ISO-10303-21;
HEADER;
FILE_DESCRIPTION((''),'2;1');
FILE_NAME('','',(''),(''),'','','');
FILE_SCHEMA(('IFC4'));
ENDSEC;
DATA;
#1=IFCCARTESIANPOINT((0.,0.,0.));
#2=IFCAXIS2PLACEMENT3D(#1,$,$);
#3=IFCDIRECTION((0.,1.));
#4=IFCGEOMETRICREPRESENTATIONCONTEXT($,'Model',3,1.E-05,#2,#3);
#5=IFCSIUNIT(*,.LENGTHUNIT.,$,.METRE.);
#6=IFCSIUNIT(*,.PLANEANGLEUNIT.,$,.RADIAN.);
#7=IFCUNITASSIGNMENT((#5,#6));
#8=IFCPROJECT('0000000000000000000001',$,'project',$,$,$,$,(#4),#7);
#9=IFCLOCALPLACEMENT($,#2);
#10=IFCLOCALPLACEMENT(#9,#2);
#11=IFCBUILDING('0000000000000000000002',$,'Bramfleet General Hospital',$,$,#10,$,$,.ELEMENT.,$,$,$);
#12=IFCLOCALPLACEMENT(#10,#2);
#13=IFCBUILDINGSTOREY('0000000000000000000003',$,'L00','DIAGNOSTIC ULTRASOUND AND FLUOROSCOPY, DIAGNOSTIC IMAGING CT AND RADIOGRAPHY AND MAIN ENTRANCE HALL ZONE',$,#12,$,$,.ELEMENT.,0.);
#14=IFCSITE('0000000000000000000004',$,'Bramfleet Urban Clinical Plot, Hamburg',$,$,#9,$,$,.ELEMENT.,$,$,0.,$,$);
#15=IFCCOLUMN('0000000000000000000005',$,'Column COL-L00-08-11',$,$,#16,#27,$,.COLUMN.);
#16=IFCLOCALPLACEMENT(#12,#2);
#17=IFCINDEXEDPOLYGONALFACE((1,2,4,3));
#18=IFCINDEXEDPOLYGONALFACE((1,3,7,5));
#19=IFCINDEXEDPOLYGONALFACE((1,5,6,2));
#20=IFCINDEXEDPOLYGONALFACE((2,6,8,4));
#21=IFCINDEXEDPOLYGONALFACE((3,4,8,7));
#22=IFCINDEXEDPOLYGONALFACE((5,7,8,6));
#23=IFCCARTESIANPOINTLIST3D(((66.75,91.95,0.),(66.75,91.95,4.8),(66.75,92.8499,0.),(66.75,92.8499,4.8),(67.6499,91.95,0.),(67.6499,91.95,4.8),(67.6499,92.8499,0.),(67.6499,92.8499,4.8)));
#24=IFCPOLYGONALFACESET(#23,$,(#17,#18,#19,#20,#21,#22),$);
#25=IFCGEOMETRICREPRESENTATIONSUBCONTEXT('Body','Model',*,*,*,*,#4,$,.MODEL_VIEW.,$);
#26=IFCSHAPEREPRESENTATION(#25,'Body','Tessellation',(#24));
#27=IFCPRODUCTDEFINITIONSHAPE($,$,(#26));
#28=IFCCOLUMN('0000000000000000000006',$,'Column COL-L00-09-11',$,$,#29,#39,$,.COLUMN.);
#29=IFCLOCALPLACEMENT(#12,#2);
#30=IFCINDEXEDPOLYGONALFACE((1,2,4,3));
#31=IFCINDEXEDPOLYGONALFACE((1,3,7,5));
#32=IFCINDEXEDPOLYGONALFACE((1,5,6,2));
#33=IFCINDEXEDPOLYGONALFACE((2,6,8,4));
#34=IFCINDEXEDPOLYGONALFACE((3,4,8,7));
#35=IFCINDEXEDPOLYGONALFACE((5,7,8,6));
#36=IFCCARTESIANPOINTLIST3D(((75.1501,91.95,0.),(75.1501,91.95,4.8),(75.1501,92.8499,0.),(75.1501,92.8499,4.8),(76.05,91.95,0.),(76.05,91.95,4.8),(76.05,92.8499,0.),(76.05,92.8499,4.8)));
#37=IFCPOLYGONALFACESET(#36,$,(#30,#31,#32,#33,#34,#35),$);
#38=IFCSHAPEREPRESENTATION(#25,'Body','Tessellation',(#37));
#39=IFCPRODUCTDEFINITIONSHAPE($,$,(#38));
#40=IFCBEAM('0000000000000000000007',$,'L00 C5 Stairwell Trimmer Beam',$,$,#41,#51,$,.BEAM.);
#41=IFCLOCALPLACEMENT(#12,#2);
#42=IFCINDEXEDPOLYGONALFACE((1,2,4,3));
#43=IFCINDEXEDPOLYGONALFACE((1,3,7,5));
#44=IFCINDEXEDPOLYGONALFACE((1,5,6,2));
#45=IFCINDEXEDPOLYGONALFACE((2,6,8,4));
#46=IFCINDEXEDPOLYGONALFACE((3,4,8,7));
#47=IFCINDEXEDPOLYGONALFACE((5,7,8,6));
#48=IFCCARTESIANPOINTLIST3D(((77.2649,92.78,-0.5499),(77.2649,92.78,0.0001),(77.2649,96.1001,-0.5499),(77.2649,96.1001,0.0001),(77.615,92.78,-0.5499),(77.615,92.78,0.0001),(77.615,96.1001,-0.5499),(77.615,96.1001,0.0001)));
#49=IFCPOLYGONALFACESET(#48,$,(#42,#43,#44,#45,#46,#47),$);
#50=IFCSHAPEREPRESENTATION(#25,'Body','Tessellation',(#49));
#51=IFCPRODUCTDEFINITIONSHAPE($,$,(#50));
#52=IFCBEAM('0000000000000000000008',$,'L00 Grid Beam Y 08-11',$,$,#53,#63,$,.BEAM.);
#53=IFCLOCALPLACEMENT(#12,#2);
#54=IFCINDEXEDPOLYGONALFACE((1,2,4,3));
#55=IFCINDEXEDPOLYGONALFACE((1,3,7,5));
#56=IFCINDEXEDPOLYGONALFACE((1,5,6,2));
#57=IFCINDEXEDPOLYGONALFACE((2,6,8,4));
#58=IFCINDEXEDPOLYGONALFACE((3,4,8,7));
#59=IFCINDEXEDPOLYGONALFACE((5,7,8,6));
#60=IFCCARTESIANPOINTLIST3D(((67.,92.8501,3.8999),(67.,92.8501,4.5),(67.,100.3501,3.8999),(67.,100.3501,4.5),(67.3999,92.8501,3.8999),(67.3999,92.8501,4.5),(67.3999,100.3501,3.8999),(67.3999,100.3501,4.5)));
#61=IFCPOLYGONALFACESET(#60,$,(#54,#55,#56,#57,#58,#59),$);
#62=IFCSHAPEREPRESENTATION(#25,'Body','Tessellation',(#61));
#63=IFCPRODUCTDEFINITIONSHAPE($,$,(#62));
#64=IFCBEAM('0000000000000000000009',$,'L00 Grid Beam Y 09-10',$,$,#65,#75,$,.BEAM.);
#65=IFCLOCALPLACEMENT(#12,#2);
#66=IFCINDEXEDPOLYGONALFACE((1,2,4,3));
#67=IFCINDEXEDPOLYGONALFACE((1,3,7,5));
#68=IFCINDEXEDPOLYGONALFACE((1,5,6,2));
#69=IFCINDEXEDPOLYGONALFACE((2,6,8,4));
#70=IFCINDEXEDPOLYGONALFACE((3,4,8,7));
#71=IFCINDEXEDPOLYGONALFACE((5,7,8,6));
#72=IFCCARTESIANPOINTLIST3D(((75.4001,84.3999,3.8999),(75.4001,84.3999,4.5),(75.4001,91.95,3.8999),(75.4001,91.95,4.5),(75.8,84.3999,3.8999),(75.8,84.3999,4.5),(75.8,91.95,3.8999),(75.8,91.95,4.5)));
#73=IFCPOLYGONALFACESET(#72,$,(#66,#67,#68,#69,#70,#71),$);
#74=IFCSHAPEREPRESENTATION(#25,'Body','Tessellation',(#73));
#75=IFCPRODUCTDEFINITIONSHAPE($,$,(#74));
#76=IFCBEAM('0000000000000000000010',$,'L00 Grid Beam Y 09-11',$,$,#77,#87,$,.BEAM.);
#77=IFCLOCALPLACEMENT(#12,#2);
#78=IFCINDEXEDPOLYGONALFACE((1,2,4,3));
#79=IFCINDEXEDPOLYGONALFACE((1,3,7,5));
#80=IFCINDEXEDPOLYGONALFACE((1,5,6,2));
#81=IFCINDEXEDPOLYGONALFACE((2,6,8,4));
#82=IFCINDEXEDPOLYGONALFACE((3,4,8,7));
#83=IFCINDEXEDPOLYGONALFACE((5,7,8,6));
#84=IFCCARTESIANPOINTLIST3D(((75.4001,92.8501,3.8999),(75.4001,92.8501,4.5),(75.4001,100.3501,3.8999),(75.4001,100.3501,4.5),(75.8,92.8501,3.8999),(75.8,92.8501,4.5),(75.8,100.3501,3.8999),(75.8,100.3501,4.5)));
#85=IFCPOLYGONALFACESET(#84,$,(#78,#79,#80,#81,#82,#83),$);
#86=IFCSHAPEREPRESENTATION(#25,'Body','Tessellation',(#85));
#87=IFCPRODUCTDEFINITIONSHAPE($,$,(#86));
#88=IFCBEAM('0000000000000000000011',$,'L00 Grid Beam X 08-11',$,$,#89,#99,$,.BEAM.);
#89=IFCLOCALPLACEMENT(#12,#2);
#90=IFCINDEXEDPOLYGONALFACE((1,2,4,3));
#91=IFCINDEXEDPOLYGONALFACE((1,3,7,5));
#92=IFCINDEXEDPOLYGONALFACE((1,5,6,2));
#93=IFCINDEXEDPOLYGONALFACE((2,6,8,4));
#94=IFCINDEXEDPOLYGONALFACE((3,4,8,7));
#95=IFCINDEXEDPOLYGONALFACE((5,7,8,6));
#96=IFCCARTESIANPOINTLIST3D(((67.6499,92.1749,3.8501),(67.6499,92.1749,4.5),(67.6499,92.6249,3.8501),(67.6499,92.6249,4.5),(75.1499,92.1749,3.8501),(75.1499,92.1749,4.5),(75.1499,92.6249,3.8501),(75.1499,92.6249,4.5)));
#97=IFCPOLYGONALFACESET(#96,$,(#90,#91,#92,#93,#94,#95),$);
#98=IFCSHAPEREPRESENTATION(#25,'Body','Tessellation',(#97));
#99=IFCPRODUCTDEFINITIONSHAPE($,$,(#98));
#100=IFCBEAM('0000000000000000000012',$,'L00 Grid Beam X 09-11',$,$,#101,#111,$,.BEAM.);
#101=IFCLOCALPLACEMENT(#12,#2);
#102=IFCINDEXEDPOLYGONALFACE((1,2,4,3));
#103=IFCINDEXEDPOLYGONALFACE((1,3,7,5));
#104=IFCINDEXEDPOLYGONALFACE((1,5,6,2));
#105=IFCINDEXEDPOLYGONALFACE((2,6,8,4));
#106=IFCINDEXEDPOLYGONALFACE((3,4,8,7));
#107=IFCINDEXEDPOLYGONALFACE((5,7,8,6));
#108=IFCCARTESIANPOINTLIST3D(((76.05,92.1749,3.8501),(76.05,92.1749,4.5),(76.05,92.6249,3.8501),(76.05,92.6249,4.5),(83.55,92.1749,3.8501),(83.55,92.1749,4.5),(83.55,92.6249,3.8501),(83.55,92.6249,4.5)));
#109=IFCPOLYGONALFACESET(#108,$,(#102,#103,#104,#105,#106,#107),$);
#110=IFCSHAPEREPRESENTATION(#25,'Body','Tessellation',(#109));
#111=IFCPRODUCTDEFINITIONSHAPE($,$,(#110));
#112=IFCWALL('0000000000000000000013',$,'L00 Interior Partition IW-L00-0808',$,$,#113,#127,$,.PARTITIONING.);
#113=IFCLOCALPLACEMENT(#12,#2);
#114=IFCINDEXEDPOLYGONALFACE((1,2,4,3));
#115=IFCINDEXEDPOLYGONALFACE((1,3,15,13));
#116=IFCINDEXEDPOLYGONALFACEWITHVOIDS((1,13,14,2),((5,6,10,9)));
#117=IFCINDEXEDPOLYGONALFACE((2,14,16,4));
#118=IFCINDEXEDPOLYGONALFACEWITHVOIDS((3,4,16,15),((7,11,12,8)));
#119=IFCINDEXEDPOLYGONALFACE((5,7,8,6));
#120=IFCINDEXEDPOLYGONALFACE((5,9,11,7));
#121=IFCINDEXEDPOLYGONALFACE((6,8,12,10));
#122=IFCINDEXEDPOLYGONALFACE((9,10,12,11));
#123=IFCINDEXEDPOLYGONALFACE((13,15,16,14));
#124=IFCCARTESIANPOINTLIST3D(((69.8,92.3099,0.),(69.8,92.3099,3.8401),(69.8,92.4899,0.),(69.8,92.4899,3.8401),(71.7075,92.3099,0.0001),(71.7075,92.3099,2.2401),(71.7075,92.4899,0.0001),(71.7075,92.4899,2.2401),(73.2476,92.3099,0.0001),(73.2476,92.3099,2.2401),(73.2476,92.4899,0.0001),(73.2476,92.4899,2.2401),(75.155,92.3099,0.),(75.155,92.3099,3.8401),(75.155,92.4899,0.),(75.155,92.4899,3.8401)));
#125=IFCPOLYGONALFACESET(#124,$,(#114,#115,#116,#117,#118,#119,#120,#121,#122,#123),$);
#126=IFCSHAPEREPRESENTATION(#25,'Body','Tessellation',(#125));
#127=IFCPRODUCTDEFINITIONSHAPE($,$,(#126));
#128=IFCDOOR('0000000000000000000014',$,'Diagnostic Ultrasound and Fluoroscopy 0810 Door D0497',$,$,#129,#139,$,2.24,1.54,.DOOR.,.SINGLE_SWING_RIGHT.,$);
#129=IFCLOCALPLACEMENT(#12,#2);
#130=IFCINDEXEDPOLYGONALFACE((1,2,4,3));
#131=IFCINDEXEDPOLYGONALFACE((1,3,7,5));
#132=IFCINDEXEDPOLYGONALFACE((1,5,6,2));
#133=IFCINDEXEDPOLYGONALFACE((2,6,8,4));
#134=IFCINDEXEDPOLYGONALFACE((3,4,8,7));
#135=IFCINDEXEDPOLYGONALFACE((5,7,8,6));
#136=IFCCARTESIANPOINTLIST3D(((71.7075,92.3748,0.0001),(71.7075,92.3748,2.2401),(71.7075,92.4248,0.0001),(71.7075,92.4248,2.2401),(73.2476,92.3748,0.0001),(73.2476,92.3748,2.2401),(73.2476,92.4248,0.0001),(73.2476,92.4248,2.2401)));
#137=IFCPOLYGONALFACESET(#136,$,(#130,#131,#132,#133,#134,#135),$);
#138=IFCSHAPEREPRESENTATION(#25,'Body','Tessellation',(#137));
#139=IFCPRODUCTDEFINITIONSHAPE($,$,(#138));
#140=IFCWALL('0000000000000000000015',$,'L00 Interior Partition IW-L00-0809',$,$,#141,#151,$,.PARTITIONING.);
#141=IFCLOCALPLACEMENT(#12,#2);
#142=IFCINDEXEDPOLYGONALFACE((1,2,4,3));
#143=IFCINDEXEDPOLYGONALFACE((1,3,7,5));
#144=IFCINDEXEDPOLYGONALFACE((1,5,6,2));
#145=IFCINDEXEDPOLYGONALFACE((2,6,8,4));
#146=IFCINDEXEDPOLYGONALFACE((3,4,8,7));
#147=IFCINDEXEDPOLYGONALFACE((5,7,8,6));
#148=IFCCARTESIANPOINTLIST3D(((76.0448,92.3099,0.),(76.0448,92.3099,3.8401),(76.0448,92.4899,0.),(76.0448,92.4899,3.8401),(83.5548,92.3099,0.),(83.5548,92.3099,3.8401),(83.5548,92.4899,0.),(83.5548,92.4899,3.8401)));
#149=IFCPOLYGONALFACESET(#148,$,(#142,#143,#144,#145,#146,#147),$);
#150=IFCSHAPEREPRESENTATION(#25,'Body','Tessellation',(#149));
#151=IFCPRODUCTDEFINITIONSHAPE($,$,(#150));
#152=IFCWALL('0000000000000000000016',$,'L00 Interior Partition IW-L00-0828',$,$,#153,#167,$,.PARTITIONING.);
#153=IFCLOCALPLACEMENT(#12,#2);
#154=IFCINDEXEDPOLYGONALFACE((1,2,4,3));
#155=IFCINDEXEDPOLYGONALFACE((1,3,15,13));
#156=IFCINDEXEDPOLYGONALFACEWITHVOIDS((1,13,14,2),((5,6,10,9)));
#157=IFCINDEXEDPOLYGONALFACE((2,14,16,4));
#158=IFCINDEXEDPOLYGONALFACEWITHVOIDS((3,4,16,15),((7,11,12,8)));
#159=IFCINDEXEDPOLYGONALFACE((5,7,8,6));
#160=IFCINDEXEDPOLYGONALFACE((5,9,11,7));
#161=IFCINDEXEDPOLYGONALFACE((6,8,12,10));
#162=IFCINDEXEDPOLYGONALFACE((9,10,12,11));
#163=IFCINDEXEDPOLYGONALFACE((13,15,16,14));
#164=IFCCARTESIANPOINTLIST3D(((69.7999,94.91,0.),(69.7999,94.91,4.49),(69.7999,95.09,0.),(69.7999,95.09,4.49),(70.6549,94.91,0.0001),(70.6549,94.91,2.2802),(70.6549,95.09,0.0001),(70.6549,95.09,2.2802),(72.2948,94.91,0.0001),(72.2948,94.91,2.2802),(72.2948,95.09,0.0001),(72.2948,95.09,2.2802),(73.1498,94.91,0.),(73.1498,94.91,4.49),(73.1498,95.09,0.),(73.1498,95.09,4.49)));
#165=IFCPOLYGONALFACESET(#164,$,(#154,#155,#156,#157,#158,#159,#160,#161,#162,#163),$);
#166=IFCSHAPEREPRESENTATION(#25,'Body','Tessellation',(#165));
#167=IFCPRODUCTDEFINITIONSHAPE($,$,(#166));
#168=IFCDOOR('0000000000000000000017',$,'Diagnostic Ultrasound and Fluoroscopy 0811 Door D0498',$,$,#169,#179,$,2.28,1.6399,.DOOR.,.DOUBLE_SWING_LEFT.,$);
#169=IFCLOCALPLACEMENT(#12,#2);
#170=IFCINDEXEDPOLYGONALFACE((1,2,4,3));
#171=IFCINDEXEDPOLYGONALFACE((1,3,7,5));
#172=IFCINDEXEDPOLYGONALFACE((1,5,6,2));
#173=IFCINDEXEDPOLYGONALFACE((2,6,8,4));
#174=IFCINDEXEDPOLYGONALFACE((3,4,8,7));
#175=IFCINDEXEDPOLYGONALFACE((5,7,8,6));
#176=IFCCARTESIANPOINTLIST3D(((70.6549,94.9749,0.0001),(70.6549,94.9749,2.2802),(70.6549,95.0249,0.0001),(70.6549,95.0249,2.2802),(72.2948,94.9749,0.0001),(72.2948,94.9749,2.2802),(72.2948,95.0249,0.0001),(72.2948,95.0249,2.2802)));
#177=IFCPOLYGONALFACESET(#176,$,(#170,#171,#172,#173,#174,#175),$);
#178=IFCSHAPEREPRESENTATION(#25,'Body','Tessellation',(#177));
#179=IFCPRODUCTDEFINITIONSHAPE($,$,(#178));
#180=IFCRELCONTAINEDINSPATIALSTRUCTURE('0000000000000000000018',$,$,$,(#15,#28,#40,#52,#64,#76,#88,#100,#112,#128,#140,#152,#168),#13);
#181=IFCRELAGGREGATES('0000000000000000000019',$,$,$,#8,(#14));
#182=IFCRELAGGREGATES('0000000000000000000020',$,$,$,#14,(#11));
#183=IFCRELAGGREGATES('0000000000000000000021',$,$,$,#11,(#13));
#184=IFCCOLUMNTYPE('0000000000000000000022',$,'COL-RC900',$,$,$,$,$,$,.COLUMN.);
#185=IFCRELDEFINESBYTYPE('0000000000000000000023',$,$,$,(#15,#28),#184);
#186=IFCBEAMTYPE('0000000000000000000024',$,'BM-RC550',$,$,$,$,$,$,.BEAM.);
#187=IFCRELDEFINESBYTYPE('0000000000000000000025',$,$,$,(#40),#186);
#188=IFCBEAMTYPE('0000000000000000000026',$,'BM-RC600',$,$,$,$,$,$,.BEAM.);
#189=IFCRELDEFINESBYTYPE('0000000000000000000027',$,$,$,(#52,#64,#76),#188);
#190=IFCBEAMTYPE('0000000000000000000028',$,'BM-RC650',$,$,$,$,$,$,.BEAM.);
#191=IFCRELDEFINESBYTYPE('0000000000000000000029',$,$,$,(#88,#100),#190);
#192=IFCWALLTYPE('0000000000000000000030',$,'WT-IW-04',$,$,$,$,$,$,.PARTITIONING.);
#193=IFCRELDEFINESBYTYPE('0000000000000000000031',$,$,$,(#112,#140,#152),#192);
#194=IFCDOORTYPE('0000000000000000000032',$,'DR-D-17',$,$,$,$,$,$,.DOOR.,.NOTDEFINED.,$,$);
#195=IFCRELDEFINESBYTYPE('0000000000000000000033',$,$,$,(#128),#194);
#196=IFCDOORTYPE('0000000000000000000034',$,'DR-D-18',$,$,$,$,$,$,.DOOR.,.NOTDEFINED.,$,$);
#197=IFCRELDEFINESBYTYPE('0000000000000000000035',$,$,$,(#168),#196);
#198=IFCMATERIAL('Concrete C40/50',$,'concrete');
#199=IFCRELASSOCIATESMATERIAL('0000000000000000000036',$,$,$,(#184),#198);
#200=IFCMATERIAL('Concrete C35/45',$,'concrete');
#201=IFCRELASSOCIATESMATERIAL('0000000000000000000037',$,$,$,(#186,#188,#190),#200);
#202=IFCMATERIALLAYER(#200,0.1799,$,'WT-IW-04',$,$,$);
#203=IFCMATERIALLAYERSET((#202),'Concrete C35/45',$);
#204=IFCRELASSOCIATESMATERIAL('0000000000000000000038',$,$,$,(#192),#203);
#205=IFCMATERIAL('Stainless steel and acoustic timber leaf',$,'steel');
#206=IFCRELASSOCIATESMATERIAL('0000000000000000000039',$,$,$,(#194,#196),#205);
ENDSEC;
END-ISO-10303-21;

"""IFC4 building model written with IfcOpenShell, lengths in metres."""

from ifc_helpers import new_model, si_unit, direction, frame, frame_2d, origin, origin_2d, place, context, subcontext, project, spatial, rectangle, extrude, material, layer, layer_set, material_profile, profile_set, type_object, element, fill, save


model = new_model("IFC4")

# Units and contexts
model_context = context("Model", 3, precision=1e-05, world=origin(), true_north=direction((0.0, 1.0)))
body_context = subcontext(model_context, "Body", "Model", "MODEL_VIEW")
ifc_project = project(units=[si_unit("LENGTHUNIT", "METRE"), si_unit("PLANEANGLEUNIT", "RADIAN")], contexts=[model_context])

# Site, building, storey
site_placement = place(None, origin())
site = spatial("IfcSite", under=ifc_project, at=site_placement, Name="Bramfleet Urban Clinical Plot, Hamburg", CompositionType="ELEMENT", RefElevation=0.0)
building_placement = place(site_placement, origin())
building = spatial("IfcBuilding", under=site, at=building_placement, Name="Bramfleet General Hospital", CompositionType="ELEMENT")
storey_placement = place(building_placement, origin())
storey = spatial("IfcBuildingStorey", under=building, at=storey_placement, Name="L00", Description="DIAGNOSTIC ULTRASOUND AND FLUOROSCOPY, DIAGNOSTIC IMAGING CT AND RADIOGRAPHY AND MAIN ENTRANCE HALL ZONE", CompositionType="ELEMENT", Elevation=0.0)

# Columns
ifc_material_1 = material(Name="Concrete C40/50", Category="concrete")
ifc_material_profile_1 = material_profile(ifc_material_1, rectangle(XDim=0.8999, YDim=0.8999, at=origin_2d()), Name="RC COL 900x900")
ifc_profile_set_1 = profile_set([ifc_material_profile_1], Name="Concrete C40/50")
column_type = type_object("IfcColumnType", Name="COL-RC900", PredefinedType="COLUMN", material=ifc_profile_set_1)
for number, where, z_axis, x_axis, name in (
    (1, (67.2, 92.3999, 0.0), (0.0, 0.0, 1.0), (1.0, 0.0, 0.0), "Column COL-L00-08-11"),
    (2, (75.6001, 92.3999, 0.0), (0.0, 0.0, 1.0), (1.0, 0.0, 0.0), "Column COL-L00-09-11"),
):
    element("IfcColumn", number, at=place(storey_placement, frame(where, z_axis=z_axis, x_axis=x_axis)), inside=storey, type_object=column_type, Name=name, PredefinedType="COLUMN", context=body_context, shape_type="SweptSolid", body=[
        extrude(rectangle(XDim=0.8999, YDim=0.8999, at=origin_2d()), origin(), (0.0, 0.0, 1.0), 4.8),
    ])

# Beams
ifc_material_2 = material(Name="Concrete C35/45", Category="concrete")
ifc_material_profile_2 = material_profile(ifc_material_2, rectangle(XDim=0.3501, YDim=0.55, at=origin_2d()), Name="RC BM 550x350")
ifc_profile_set_2 = profile_set([ifc_material_profile_2], Name="Concrete C35/45")
beam_type_1 = type_object("IfcBeamType", Name="BM-RC550", PredefinedType="BEAM", material=ifc_profile_set_2)
beam_1_placement = place(storey_placement, frame((77.4399, 92.78, -0.2749), z_axis=(0.0, 1.0, 0.0), x_axis=(-1.0, 0.0, 0.0)))
element("IfcBeam", 3, at=beam_1_placement, inside=storey, type_object=beam_type_1, Name="L00 C5 Stairwell Trimmer Beam", PredefinedType="BEAM", context=body_context, shape_type="SweptSolid", body=[
    extrude(rectangle(XDim=0.3501, YDim=0.55, at=origin_2d()), origin(), (0.0, 0.0, 1.0), 3.3201),
])
ifc_material_profile_3 = material_profile(ifc_material_2, rectangle(XDim=0.3999, YDim=0.6001, at=origin_2d()), Name="RC BM 600x400")
ifc_profile_set_3 = profile_set([ifc_material_profile_3], Name="Concrete C35/45")
beam_type_2 = type_object("IfcBeamType", Name="BM-RC600", PredefinedType="BEAM", material=ifc_profile_set_3)
beam_2_placement = place(storey_placement, frame((67.2, 92.8501, 4.2), z_axis=(0.0, 1.0, 0.0), x_axis=(-1.0, 0.0, 0.0)))
element("IfcBeam", 4, at=beam_2_placement, inside=storey, type_object=beam_type_2, Name="L00 Grid Beam Y 08-11", PredefinedType="BEAM", context=body_context, shape_type="SweptSolid", body=[
    extrude(rectangle(XDim=0.3999, YDim=0.6001, at=origin_2d()), origin(), (0.0, 0.0, 1.0), 7.5),
])
beam_3_placement = place(storey_placement, frame((75.6001, 84.3999, 4.2), z_axis=(0.0, 1.0, 0.0), x_axis=(-1.0, 0.0, 0.0)))
element("IfcBeam", 5, at=beam_3_placement, inside=storey, type_object=beam_type_2, Name="L00 Grid Beam Y 09-10", PredefinedType="BEAM", context=body_context, shape_type="SweptSolid", body=[
    extrude(rectangle(XDim=0.3999, YDim=0.6001, at=origin_2d()), origin(), (0.0, 0.0, 1.0), 7.55),
])
beam_4_placement = place(storey_placement, frame((75.6001, 92.8501, 4.2), z_axis=(0.0, 1.0, 0.0), x_axis=(-1.0, 0.0, 0.0)))
element("IfcBeam", 6, at=beam_4_placement, inside=storey, type_object=beam_type_2, Name="L00 Grid Beam Y 09-11", PredefinedType="BEAM", context=body_context, shape_type="SweptSolid", body=[
    extrude(rectangle(XDim=0.3999, YDim=0.6001, at=origin_2d()), origin(), (0.0, 0.0, 1.0), 7.5),
])
ifc_material_profile_4 = material_profile(ifc_material_2, rectangle(XDim=0.45, YDim=0.6499, at=origin_2d()), Name="RC BM 650x450")
ifc_profile_set_4 = profile_set([ifc_material_profile_4], Name="Concrete C35/45")
beam_type_3 = type_object("IfcBeamType", Name="BM-RC650", PredefinedType="BEAM", material=ifc_profile_set_4)
for number, where, z_axis, x_axis, name in (
    (7, (67.6499, 92.3999, 4.175), (1.0, 0.0, 0.0), (0.0, 1.0, 0.0), "L00 Grid Beam X 08-11"),
    (8, (76.05, 92.3999, 4.175), (1.0, 0.0, 0.0), (0.0, 1.0, 0.0), "L00 Grid Beam X 09-11"),
):
    element("IfcBeam", number, at=place(storey_placement, frame(where, z_axis=z_axis, x_axis=x_axis)), inside=storey, type_object=beam_type_3, Name=name, PredefinedType="BEAM", context=body_context, shape_type="SweptSolid", body=[
        extrude(rectangle(XDim=0.45, YDim=0.6499, at=origin_2d()), origin(), (0.0, 0.0, 1.0), 7.5),
    ])

# Wall, opening, door
ifc_layer_1 = layer(ifc_material_2, 0.1799, Name="WT-IW-04")
ifc_layer_set_1 = layer_set([ifc_layer_1], Name="Concrete C35/45")
wall_type_1 = type_object("IfcWallType", Name="WT-IW-04", PredefinedType="PARTITIONING", material=ifc_layer_set_1)
wall_1_placement = place(storey_placement, frame((69.8, 92.3999, 0.0), z_axis=(0.0, 0.0, 1.0), x_axis=(1.0, 0.0, 0.0)))
wall_1 = element("IfcWall", 9, at=wall_1_placement, inside=storey, type_object=wall_type_1, Name="L00 Interior Partition IW-L00-0808", PredefinedType="PARTITIONING", context=body_context, shape_type="SweptSolid", body=[
    extrude(rectangle(XDim=5.355, YDim=0.1799, at=frame_2d((2.6775, 0.0))), origin(), (0.0, 0.0, 1.0), 3.8401),
])
opening_1_placement = place(wall_1_placement, frame((1.9075, 0.0, 0.0)))
opening_1 = element("IfcOpeningElement", 10, at=opening_1_placement, cuts=wall_1, PredefinedType="OPENING", context=body_context, shape_type="SweptSolid", body=[
    extrude(rectangle(XDim=1.54, YDim=2.24, at=frame_2d((0.77, 1.1201))), frame((0.0, 0.0999, 0.0), z_axis=(0.0, -1.0, 0.0), x_axis=(1.0, 0.0, 0.0)), (0.0, 0.0, 1.0), 0.2),
])
ifc_material_3 = material(Name="Stainless steel and acoustic timber leaf", Category="steel")
door_type_1 = type_object("IfcDoorType", Name="DR-D-17", OperationType="NOTDEFINED", PredefinedType="DOOR", material=ifc_material_3)
door_1_placement = place(opening_1_placement, origin())
door_1 = element("IfcDoor", 11, at=door_1_placement, inside=storey, type_object=door_type_1, Name="Diagnostic Ultrasound and Fluoroscopy 0810 Door D0497", OperationType="SINGLE_SWING_RIGHT", OverallHeight=2.24, OverallWidth=1.54, PredefinedType="DOOR", context=body_context, shape_type="SweptSolid", body=[
    extrude(rectangle(XDim=1.54, YDim=2.24, at=frame_2d((0.77, 1.1201))), frame((0.0, 0.0249, 0.0), z_axis=(0.0, -1.0, 0.0), x_axis=(1.0, 0.0, 0.0)), (0.0, 0.0, 1.0), 0.05),
])
fill(opening_1, door_1)

# Wall
wall_2_placement = place(storey_placement, frame((76.0449, 92.3999, 0.0), z_axis=(0.0, 0.0, 1.0), x_axis=(1.0, 0.0, 0.0)))
element("IfcWall", 12, at=wall_2_placement, inside=storey, type_object=wall_type_1, Name="L00 Interior Partition IW-L00-0809", PredefinedType="PARTITIONING", context=body_context, shape_type="SweptSolid", body=[
    extrude(rectangle(XDim=7.51, YDim=0.1799, at=frame_2d((3.7549, 0.0))), origin(), (0.0, 0.0, 1.0), 3.8401),
])

# Wall, opening, door
wall_3_placement = place(storey_placement, frame((69.8, 95.0, 0.0), z_axis=(0.0, 0.0, 1.0), x_axis=(1.0, 0.0, 0.0)))
wall_3 = element("IfcWall", 13, at=wall_3_placement, inside=storey, type_object=wall_type_1, Name="L00 Interior Partition IW-L00-0828", PredefinedType="PARTITIONING", context=body_context, shape_type="SweptSolid", body=[
    extrude(rectangle(XDim=3.3499, YDim=0.1799, at=frame_2d((1.6748, 0.0))), origin(), (0.0, 0.0, 1.0), 4.49),
])
opening_2_placement = place(wall_3_placement, frame((0.855, 0.0, 0.0)))
opening_2 = element("IfcOpeningElement", 14, at=opening_2_placement, cuts=wall_3, PredefinedType="OPENING", context=body_context, shape_type="SweptSolid", body=[
    extrude(rectangle(XDim=1.6399, YDim=2.28, at=frame_2d((0.8198, 1.1401))), frame((0.0, 0.0999, 0.0), z_axis=(0.0, -1.0, 0.0), x_axis=(1.0, 0.0, 0.0)), (0.0, 0.0, 1.0), 0.2),
])
door_type_2 = type_object("IfcDoorType", Name="DR-D-18", OperationType="NOTDEFINED", PredefinedType="DOOR", material=ifc_material_3)
door_2_placement = place(opening_2_placement, origin())
door_2 = element("IfcDoor", 15, at=door_2_placement, inside=storey, type_object=door_type_2, Name="Diagnostic Ultrasound and Fluoroscopy 0811 Door D0498", OperationType="DOUBLE_SWING_LEFT", OverallHeight=2.28, OverallWidth=1.6399, PredefinedType="DOOR", context=body_context, shape_type="SweptSolid", body=[
    extrude(rectangle(XDim=1.6399, YDim=2.28, at=frame_2d((0.8198, 1.1401))), frame((0.0, 0.0249, 0.0), z_axis=(0.0, -1.0, 0.0), x_axis=(1.0, 0.0, 0.0)), (0.0, 0.0, 1.0), 0.05),
])
fill(opening_2, door_2)

save(model, "model.ifc")
